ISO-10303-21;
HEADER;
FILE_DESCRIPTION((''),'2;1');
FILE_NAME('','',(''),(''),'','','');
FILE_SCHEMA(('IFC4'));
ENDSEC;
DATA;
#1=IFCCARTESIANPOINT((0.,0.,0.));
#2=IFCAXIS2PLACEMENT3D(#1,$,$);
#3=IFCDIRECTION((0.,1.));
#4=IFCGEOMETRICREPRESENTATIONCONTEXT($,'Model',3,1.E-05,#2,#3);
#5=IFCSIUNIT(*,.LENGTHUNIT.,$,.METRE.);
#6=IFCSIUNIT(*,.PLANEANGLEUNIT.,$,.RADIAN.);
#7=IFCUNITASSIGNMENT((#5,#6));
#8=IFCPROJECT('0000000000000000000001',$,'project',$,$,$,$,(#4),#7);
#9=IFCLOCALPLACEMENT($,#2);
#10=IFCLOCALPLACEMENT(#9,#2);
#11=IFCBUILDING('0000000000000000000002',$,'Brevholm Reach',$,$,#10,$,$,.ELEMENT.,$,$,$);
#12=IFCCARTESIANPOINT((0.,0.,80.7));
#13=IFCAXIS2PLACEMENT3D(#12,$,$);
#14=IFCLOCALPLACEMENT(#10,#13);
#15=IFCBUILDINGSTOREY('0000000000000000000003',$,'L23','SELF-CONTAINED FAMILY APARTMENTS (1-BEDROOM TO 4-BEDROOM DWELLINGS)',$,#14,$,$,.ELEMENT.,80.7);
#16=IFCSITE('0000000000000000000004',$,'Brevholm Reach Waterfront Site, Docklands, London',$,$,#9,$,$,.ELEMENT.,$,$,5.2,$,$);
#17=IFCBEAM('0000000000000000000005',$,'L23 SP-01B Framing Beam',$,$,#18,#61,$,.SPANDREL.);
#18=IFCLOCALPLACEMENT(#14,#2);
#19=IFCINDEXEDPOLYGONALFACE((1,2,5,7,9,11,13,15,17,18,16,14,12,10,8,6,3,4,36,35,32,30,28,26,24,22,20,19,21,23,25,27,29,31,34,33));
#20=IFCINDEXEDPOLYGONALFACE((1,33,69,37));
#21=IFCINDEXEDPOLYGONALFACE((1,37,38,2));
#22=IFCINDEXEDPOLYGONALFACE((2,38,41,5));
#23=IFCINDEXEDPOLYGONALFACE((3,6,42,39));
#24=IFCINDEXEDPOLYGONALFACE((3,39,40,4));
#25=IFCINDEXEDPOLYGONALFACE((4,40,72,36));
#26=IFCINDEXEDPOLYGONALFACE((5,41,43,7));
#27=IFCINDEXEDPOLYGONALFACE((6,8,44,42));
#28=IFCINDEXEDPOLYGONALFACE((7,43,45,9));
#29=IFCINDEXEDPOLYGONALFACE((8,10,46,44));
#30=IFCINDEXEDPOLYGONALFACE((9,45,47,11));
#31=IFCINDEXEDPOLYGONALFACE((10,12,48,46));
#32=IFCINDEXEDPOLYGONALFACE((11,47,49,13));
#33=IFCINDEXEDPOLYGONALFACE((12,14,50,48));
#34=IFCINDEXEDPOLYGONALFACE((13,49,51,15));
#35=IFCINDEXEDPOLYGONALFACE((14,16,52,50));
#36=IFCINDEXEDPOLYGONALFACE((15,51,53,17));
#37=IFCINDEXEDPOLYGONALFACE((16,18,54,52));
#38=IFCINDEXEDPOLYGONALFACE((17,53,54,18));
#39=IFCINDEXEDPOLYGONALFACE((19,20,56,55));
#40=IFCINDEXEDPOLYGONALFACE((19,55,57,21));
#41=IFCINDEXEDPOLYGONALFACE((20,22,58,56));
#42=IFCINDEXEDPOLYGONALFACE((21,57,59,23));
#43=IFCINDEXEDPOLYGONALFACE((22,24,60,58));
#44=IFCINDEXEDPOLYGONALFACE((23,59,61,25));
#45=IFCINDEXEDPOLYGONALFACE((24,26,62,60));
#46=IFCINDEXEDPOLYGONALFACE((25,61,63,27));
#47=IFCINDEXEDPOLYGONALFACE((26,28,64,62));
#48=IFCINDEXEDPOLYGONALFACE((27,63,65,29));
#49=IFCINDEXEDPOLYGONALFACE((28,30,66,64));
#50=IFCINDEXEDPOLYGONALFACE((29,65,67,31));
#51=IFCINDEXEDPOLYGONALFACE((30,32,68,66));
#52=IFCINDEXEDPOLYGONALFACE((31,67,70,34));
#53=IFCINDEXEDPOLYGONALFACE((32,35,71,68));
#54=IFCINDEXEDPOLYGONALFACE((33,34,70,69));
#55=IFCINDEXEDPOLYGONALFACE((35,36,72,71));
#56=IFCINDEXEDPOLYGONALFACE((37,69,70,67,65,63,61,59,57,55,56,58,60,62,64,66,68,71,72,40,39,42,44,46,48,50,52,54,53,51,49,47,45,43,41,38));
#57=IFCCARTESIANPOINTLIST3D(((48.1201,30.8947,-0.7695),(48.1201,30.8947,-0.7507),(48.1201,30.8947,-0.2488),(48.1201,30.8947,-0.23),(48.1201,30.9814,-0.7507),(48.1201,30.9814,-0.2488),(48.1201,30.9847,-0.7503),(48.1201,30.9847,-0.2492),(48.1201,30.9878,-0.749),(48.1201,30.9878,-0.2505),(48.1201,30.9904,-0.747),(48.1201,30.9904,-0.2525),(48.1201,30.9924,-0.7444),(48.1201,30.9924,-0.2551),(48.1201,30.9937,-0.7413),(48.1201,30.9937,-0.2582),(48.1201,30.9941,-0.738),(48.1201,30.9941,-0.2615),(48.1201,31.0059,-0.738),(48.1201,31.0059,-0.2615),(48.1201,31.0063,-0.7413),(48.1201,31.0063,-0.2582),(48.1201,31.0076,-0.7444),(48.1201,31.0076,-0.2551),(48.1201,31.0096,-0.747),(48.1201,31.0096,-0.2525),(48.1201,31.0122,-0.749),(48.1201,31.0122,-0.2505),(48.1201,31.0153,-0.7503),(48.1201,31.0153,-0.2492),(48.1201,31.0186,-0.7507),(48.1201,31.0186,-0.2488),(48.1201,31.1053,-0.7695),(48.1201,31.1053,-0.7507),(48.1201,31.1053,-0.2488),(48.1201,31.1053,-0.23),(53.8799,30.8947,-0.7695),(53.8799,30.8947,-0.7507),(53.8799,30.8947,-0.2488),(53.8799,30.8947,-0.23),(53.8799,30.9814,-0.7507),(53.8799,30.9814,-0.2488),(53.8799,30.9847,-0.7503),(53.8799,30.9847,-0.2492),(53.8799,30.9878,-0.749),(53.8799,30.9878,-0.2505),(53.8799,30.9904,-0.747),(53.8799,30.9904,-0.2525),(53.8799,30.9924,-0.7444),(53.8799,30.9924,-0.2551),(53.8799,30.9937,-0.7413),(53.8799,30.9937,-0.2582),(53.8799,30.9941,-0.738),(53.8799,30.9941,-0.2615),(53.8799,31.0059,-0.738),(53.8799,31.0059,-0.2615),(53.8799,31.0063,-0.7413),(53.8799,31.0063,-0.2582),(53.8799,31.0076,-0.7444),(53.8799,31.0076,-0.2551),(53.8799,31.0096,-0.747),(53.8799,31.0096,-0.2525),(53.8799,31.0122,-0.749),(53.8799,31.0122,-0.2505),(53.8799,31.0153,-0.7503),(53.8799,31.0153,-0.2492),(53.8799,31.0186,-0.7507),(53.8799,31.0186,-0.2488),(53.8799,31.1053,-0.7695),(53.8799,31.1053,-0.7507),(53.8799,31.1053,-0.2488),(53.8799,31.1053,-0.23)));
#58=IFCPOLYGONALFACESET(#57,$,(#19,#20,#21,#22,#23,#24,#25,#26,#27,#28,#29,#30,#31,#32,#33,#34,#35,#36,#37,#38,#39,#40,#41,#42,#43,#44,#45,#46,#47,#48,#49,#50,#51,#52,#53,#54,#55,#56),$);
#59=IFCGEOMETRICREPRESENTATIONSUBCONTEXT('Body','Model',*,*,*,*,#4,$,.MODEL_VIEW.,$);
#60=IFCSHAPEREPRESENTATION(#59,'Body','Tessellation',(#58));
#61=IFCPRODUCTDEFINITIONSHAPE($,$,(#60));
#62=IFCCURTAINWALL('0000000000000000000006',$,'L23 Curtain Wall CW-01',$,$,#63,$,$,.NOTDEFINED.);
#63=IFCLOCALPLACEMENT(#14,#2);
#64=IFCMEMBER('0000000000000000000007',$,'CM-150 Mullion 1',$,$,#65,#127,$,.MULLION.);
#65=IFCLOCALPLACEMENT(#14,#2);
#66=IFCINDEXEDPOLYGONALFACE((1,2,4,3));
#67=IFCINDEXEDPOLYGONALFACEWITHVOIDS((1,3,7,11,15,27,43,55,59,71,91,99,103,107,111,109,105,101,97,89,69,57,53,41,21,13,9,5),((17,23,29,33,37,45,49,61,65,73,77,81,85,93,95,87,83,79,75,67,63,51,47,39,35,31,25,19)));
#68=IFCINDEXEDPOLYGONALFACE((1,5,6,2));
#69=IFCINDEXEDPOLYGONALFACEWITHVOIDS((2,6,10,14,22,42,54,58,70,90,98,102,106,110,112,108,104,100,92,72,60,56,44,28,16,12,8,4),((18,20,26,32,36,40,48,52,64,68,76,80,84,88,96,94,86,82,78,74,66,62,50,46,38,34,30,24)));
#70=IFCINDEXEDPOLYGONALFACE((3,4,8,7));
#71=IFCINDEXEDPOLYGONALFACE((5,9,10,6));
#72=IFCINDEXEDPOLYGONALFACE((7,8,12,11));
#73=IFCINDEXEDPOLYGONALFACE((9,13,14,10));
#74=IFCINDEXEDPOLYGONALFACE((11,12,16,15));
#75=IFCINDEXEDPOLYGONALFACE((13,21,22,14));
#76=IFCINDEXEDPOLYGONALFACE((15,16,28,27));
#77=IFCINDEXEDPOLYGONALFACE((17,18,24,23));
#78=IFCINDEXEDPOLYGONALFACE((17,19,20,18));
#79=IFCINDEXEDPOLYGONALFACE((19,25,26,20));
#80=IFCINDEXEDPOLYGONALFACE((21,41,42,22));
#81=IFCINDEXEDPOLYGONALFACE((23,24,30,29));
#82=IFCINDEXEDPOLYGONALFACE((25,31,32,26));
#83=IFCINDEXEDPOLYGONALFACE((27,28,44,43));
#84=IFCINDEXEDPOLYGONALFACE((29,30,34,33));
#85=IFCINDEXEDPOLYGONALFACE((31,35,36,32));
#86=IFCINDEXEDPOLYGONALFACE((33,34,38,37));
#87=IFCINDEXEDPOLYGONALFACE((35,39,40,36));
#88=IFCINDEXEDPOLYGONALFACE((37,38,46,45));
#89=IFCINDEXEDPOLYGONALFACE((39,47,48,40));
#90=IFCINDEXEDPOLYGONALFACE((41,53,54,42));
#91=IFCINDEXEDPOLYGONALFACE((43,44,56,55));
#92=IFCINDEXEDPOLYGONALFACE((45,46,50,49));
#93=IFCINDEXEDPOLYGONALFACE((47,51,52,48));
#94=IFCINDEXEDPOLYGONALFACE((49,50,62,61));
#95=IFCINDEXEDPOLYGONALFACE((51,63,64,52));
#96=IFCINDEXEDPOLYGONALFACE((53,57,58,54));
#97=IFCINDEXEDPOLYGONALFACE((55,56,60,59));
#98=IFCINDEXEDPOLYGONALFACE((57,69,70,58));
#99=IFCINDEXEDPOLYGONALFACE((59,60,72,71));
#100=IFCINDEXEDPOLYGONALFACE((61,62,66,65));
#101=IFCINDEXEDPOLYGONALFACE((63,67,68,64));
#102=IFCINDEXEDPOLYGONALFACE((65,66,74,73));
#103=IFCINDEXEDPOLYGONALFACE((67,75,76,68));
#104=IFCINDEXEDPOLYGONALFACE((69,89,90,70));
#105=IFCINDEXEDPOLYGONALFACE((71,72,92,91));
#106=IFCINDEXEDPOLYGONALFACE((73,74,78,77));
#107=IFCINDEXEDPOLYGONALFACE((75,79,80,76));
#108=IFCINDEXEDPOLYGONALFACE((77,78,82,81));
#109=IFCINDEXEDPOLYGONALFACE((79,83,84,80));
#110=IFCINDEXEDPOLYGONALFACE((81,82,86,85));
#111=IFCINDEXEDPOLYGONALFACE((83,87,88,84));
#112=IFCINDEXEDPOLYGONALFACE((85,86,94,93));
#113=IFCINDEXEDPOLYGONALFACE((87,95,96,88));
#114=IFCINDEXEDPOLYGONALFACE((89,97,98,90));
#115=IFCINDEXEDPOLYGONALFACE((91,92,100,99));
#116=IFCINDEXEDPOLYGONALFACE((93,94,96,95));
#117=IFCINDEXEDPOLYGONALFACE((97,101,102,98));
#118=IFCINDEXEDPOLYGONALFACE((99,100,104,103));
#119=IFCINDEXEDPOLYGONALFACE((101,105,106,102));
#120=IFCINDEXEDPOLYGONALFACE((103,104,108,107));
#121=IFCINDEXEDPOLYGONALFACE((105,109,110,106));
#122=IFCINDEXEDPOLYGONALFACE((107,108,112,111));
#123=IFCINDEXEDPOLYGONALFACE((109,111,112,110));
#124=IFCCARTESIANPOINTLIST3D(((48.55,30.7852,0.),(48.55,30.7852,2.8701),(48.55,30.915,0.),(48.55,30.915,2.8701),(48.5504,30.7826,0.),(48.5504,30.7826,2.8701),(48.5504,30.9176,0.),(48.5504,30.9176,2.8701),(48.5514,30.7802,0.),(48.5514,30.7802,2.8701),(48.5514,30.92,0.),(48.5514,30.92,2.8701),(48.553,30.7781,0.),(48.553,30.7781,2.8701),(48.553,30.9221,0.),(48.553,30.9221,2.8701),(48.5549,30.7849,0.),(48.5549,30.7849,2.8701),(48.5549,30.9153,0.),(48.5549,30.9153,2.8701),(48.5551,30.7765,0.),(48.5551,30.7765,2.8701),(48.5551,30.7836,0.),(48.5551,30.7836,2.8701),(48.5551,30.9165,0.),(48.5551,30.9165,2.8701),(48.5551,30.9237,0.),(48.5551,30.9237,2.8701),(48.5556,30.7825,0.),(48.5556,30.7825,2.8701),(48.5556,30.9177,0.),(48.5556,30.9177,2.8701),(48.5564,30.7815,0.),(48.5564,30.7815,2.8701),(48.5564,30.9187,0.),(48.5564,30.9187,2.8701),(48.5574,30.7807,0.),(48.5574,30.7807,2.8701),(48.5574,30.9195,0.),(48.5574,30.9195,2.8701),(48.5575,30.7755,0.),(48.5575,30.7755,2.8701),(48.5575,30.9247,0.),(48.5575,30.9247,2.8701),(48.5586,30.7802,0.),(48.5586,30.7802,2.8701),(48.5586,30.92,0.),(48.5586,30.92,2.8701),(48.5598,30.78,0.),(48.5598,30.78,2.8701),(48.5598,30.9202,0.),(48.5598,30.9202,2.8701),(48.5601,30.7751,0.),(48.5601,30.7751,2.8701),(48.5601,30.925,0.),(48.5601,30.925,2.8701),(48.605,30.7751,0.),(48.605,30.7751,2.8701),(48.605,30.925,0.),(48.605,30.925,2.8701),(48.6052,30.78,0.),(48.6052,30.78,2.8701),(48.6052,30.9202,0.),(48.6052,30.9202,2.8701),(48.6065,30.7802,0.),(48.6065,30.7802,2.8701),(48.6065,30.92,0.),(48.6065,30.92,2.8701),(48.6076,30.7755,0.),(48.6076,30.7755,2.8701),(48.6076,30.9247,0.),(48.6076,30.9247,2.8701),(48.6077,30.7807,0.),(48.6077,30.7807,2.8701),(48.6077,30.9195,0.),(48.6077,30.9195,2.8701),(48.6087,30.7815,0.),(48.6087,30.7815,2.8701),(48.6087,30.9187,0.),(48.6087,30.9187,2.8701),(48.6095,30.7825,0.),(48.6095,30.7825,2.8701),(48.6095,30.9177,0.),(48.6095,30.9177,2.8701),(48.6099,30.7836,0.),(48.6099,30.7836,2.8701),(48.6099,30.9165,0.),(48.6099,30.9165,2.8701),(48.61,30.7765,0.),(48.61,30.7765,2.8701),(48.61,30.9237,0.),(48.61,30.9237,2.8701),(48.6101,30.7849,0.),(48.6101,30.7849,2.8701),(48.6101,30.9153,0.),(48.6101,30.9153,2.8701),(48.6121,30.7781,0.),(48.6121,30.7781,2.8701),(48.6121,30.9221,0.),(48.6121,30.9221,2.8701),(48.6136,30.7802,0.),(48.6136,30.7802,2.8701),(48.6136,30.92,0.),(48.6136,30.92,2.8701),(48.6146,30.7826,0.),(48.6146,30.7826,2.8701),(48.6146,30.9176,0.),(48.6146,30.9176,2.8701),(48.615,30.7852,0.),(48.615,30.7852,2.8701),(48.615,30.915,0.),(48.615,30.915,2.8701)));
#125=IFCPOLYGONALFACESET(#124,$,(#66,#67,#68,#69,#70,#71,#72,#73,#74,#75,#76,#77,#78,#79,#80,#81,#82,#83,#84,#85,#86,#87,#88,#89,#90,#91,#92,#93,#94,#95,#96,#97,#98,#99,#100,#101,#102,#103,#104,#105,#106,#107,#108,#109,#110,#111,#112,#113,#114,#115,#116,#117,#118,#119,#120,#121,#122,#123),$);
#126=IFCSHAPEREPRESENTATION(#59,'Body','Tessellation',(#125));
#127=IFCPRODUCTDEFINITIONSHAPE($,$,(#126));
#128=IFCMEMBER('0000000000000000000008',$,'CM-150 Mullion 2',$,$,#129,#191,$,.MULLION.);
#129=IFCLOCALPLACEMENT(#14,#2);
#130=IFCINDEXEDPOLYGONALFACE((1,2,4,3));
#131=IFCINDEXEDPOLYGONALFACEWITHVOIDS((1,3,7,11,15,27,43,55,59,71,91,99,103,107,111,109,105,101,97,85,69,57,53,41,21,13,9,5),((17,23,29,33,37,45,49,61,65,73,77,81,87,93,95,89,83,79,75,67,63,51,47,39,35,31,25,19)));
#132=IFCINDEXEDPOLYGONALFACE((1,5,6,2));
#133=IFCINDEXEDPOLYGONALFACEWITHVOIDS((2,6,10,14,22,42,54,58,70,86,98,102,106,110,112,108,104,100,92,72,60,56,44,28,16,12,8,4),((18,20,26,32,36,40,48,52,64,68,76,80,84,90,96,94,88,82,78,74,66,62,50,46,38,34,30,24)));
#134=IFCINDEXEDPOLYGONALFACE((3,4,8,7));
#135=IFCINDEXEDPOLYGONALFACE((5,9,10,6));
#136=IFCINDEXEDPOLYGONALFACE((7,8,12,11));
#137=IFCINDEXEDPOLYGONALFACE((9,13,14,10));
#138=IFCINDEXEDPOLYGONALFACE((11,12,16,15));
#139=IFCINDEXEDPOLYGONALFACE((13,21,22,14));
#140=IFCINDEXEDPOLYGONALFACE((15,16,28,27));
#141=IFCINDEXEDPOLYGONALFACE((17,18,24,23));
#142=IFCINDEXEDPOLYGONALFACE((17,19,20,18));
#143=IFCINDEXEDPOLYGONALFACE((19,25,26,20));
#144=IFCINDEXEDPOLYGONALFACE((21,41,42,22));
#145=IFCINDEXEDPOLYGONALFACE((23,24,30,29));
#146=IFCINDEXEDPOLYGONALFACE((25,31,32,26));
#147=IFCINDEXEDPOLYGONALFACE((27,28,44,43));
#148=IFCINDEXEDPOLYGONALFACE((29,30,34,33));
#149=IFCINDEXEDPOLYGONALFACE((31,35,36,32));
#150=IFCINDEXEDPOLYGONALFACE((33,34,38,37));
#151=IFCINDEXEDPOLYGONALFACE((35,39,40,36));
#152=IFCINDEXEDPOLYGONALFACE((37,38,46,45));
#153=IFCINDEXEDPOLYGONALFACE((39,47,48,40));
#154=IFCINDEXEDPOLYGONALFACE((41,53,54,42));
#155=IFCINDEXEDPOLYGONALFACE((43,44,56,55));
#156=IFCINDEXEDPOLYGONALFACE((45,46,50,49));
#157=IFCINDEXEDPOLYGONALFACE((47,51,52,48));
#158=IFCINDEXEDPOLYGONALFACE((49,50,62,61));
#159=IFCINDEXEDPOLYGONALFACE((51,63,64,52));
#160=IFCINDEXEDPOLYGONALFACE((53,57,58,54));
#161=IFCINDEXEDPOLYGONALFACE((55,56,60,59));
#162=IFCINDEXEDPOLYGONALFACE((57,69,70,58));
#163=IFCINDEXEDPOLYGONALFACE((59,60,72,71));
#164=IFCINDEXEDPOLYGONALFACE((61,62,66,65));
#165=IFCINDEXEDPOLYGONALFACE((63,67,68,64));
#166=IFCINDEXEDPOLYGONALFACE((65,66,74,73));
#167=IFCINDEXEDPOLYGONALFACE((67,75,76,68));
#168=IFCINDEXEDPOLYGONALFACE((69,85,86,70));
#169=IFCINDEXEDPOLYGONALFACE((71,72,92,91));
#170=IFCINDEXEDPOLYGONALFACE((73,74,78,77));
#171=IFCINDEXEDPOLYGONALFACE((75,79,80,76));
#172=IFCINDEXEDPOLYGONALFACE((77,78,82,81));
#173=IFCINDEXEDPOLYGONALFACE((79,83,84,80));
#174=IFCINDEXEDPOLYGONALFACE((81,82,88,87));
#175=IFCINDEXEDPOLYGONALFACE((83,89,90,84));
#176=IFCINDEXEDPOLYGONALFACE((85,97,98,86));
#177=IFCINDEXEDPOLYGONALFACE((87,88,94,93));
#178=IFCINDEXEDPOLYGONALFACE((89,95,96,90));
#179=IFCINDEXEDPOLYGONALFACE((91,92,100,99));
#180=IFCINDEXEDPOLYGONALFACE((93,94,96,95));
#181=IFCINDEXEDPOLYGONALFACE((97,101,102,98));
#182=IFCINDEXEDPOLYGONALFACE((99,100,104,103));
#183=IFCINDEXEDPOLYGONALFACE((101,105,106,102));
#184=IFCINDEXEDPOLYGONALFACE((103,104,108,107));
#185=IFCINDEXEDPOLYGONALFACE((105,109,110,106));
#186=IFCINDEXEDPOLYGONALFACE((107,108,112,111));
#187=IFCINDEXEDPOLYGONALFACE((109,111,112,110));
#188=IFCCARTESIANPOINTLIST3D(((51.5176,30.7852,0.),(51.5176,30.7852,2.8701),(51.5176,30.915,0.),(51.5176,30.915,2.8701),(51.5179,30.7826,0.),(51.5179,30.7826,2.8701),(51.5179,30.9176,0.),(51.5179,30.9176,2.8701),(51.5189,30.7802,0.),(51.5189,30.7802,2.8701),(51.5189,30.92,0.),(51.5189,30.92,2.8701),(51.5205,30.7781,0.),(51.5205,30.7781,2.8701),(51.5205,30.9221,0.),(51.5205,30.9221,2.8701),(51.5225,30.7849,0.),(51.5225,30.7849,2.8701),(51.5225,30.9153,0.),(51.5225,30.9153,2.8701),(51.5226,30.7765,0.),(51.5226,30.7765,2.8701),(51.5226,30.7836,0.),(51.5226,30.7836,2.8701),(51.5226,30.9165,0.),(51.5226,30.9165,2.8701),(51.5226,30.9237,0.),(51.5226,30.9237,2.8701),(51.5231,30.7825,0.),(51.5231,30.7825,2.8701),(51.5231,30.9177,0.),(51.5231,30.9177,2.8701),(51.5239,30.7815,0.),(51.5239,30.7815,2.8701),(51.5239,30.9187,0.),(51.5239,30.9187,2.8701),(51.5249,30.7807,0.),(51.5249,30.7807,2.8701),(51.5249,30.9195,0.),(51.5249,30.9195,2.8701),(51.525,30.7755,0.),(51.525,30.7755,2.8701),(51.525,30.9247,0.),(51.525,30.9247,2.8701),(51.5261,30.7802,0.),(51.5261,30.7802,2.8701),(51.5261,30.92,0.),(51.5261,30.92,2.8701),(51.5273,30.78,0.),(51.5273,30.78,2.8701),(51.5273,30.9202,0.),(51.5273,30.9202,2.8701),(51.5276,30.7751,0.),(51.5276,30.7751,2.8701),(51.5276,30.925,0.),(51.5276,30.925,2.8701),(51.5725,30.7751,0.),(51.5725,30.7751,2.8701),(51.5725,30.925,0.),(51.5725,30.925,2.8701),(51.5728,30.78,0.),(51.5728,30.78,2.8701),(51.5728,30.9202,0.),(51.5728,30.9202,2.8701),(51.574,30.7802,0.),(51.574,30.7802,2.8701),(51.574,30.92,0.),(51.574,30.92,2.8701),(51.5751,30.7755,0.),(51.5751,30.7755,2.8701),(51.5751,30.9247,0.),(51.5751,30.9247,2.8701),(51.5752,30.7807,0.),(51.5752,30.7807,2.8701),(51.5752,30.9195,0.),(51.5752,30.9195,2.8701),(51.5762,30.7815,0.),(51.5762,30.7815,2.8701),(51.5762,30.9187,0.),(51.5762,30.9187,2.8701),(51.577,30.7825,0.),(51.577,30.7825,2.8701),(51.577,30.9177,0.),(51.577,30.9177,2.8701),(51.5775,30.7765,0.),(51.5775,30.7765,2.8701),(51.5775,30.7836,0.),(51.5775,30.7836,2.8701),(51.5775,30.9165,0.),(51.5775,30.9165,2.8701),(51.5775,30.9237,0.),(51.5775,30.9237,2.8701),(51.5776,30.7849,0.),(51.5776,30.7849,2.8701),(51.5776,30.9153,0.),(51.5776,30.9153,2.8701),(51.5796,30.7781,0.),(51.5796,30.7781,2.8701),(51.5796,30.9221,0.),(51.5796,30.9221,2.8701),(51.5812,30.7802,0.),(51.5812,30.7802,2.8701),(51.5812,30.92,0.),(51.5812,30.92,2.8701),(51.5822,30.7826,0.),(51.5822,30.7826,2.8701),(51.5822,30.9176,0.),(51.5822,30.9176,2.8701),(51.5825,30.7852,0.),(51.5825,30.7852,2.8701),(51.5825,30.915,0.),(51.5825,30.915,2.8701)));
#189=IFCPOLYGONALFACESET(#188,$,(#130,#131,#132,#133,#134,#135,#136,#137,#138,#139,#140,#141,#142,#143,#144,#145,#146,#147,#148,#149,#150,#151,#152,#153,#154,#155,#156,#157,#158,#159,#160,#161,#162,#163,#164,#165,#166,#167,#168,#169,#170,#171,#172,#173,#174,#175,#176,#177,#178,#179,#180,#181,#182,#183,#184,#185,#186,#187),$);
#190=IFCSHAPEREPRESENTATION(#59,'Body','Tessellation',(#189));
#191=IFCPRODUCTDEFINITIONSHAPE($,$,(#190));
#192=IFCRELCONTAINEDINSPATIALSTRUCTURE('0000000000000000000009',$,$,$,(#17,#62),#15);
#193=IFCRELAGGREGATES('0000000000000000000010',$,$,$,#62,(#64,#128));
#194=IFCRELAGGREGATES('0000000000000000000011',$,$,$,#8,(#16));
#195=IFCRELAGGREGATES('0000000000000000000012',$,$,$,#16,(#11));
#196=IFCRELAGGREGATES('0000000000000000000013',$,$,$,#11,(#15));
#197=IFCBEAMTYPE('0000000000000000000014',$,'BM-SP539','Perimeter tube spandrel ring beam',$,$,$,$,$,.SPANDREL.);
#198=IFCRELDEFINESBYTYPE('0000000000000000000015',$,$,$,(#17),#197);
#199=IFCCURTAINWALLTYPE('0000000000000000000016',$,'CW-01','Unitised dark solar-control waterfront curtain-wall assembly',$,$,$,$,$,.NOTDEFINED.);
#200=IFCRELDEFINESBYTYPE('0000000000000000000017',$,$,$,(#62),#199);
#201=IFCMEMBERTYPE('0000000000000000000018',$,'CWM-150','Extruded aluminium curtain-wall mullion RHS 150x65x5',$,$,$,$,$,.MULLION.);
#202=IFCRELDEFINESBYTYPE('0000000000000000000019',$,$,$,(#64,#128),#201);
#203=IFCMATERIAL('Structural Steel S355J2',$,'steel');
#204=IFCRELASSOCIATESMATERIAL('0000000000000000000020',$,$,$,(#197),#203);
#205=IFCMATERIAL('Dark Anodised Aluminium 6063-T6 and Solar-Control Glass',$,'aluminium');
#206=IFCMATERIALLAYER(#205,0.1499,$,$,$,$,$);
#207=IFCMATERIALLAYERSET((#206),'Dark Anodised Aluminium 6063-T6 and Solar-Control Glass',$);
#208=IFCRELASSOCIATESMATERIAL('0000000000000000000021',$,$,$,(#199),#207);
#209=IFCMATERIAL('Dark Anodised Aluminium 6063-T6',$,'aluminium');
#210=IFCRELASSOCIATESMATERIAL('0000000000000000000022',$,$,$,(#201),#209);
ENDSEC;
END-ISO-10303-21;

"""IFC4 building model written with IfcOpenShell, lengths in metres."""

from ifc_helpers import new_model, si_unit, direction, frame, origin, origin_2d, place, context, subcontext, project, spatial, hollow_rectangle, i_section, extrude, material, layer, layer_set, material_profile, profile_set, type_object, element, aggregate, save


model = new_model("IFC4")

# Units and contexts
model_context = context("Model", 3, precision=1e-05, world=origin(), true_north=direction((0.0, 1.0)))
body_context = subcontext(model_context, "Body", "Model", "MODEL_VIEW")
ifc_project = project(units=[si_unit("LENGTHUNIT", "METRE"), si_unit("PLANEANGLEUNIT", "RADIAN")], contexts=[model_context])

# Site, building, storey
site_placement = place(None, origin())
site = spatial("IfcSite", under=ifc_project, at=site_placement, Name="Brevholm Reach Waterfront Site, Docklands, London", CompositionType="ELEMENT", RefElevation=5.2)
building_placement = place(site_placement, origin())
building = spatial("IfcBuilding", under=site, at=building_placement, Name="Brevholm Reach", CompositionType="ELEMENT")
storey_placement = place(building_placement, frame((0.0, 0.0, 80.7)))
storey = spatial("IfcBuildingStorey", under=building, at=storey_placement, Name="L23", Description="SELF-CONTAINED FAMILY APARTMENTS (1-BEDROOM TO 4-BEDROOM DWELLINGS)", CompositionType="ELEMENT", Elevation=80.7)

# Beam
ifc_material_1 = material(Name="Structural Steel S355J2", Category="steel")
ifc_material_profile_1 = material_profile(ifc_material_1, i_section(OverallWidth=0.2107, OverallDepth=0.5396, WebThickness=0.0117, FlangeThickness=0.0188, FilletRadius=0.0127, at=origin_2d()), Name="UKB 533x210x109")
ifc_profile_set_1 = profile_set([ifc_material_profile_1], Name="Structural Steel S355J2")
beam_type = type_object("IfcBeamType", Name="BM-SP539", Description="Perimeter tube spandrel ring beam", PredefinedType="SPANDREL", material=ifc_profile_set_1)
beam_placement = place(storey_placement, frame((48.1201, 31.0, -0.4998), z_axis=(1.0, 0.0, 0.0), x_axis=(0.0, 1.0, 0.0)))
element("IfcBeam", 1, at=beam_placement, inside=storey, type_object=beam_type, Name="L23 SP-01B Framing Beam", PredefinedType="SPANDREL", context=body_context, shape_type="SweptSolid", body=[
    extrude(i_section(OverallWidth=0.2107, OverallDepth=0.5396, WebThickness=0.0117, FlangeThickness=0.0188, FilletRadius=0.0127, at=origin_2d()), origin(), (0.0, 0.0, 1.0), 5.7598),
])

# Curtain wall, members
ifc_material_2 = material(Name="Dark Anodised Aluminium 6063-T6 and Solar-Control Glass", Category="aluminium")
ifc_layer_1 = layer(ifc_material_2, 0.1499)
ifc_layer_set_1 = layer_set([ifc_layer_1], Name="Dark Anodised Aluminium 6063-T6 and Solar-Control Glass")
curtain_wall_type = type_object("IfcCurtainWallType", Name="CW-01", Description="Unitised dark solar-control waterfront curtain-wall assembly", PredefinedType="NOTDEFINED", material=ifc_layer_set_1)
curtain_wall_placement = place(storey_placement, origin())
curtain_wall = element("IfcCurtainWall", 2, at=curtain_wall_placement, inside=storey, type_object=curtain_wall_type, Name="L23 Curtain Wall CW-01", PredefinedType="NOTDEFINED")
ifc_material_3 = material(Name="Dark Anodised Aluminium 6063-T6", Category="aluminium")
ifc_material_profile_2 = material_profile(ifc_material_3, hollow_rectangle(XDim=0.0649, YDim=0.1499, WallThickness=0.0049, InnerFilletRadius=0.0049, OuterFilletRadius=0.01, at=origin_2d()), Name="RHS 150x65x5")
ifc_profile_set_2 = profile_set([ifc_material_profile_2], Name="Dark Anodised Aluminium 6063-T6")
member_type_1 = type_object("IfcMemberType", Name="CWM-150", Description="Extruded aluminium curtain-wall mullion RHS 150x65x5", PredefinedType="MULLION", material=ifc_profile_set_2)
member_1_placement = place(storey_placement, frame((48.5825, 30.8501, 0.0), z_axis=(0.0, 0.0, 1.0), x_axis=(1.0, 0.0, 0.0)))
member_1 = element("IfcMember", 3, at=member_1_placement, type_object=member_type_1, Name="CM-150 Mullion 1", PredefinedType="MULLION", context=body_context, shape_type="SweptSolid", body=[
    extrude(hollow_rectangle(XDim=0.0649, YDim=0.1499, WallThickness=0.0049, InnerFilletRadius=0.0049, OuterFilletRadius=0.01, at=origin_2d()), origin(), (0.0, 0.0, 1.0), 2.8701),
])
member_2_placement = place(storey_placement, frame((51.55, 30.8501, 0.0), z_axis=(0.0, 0.0, 1.0), x_axis=(1.0, 0.0, 0.0)))
member_2 = element("IfcMember", 4, at=member_2_placement, type_object=member_type_1, Name="CM-150 Mullion 2", PredefinedType="MULLION", context=body_context, shape_type="SweptSolid", body=[
    extrude(hollow_rectangle(XDim=0.0649, YDim=0.1499, WallThickness=0.0049, InnerFilletRadius=0.0049, OuterFilletRadius=0.01, at=origin_2d()), origin(), (0.0, 0.0, 1.0), 2.8701),
])
aggregate(curtain_wall, [member_1, member_2])

save(model, "model.ifc")
